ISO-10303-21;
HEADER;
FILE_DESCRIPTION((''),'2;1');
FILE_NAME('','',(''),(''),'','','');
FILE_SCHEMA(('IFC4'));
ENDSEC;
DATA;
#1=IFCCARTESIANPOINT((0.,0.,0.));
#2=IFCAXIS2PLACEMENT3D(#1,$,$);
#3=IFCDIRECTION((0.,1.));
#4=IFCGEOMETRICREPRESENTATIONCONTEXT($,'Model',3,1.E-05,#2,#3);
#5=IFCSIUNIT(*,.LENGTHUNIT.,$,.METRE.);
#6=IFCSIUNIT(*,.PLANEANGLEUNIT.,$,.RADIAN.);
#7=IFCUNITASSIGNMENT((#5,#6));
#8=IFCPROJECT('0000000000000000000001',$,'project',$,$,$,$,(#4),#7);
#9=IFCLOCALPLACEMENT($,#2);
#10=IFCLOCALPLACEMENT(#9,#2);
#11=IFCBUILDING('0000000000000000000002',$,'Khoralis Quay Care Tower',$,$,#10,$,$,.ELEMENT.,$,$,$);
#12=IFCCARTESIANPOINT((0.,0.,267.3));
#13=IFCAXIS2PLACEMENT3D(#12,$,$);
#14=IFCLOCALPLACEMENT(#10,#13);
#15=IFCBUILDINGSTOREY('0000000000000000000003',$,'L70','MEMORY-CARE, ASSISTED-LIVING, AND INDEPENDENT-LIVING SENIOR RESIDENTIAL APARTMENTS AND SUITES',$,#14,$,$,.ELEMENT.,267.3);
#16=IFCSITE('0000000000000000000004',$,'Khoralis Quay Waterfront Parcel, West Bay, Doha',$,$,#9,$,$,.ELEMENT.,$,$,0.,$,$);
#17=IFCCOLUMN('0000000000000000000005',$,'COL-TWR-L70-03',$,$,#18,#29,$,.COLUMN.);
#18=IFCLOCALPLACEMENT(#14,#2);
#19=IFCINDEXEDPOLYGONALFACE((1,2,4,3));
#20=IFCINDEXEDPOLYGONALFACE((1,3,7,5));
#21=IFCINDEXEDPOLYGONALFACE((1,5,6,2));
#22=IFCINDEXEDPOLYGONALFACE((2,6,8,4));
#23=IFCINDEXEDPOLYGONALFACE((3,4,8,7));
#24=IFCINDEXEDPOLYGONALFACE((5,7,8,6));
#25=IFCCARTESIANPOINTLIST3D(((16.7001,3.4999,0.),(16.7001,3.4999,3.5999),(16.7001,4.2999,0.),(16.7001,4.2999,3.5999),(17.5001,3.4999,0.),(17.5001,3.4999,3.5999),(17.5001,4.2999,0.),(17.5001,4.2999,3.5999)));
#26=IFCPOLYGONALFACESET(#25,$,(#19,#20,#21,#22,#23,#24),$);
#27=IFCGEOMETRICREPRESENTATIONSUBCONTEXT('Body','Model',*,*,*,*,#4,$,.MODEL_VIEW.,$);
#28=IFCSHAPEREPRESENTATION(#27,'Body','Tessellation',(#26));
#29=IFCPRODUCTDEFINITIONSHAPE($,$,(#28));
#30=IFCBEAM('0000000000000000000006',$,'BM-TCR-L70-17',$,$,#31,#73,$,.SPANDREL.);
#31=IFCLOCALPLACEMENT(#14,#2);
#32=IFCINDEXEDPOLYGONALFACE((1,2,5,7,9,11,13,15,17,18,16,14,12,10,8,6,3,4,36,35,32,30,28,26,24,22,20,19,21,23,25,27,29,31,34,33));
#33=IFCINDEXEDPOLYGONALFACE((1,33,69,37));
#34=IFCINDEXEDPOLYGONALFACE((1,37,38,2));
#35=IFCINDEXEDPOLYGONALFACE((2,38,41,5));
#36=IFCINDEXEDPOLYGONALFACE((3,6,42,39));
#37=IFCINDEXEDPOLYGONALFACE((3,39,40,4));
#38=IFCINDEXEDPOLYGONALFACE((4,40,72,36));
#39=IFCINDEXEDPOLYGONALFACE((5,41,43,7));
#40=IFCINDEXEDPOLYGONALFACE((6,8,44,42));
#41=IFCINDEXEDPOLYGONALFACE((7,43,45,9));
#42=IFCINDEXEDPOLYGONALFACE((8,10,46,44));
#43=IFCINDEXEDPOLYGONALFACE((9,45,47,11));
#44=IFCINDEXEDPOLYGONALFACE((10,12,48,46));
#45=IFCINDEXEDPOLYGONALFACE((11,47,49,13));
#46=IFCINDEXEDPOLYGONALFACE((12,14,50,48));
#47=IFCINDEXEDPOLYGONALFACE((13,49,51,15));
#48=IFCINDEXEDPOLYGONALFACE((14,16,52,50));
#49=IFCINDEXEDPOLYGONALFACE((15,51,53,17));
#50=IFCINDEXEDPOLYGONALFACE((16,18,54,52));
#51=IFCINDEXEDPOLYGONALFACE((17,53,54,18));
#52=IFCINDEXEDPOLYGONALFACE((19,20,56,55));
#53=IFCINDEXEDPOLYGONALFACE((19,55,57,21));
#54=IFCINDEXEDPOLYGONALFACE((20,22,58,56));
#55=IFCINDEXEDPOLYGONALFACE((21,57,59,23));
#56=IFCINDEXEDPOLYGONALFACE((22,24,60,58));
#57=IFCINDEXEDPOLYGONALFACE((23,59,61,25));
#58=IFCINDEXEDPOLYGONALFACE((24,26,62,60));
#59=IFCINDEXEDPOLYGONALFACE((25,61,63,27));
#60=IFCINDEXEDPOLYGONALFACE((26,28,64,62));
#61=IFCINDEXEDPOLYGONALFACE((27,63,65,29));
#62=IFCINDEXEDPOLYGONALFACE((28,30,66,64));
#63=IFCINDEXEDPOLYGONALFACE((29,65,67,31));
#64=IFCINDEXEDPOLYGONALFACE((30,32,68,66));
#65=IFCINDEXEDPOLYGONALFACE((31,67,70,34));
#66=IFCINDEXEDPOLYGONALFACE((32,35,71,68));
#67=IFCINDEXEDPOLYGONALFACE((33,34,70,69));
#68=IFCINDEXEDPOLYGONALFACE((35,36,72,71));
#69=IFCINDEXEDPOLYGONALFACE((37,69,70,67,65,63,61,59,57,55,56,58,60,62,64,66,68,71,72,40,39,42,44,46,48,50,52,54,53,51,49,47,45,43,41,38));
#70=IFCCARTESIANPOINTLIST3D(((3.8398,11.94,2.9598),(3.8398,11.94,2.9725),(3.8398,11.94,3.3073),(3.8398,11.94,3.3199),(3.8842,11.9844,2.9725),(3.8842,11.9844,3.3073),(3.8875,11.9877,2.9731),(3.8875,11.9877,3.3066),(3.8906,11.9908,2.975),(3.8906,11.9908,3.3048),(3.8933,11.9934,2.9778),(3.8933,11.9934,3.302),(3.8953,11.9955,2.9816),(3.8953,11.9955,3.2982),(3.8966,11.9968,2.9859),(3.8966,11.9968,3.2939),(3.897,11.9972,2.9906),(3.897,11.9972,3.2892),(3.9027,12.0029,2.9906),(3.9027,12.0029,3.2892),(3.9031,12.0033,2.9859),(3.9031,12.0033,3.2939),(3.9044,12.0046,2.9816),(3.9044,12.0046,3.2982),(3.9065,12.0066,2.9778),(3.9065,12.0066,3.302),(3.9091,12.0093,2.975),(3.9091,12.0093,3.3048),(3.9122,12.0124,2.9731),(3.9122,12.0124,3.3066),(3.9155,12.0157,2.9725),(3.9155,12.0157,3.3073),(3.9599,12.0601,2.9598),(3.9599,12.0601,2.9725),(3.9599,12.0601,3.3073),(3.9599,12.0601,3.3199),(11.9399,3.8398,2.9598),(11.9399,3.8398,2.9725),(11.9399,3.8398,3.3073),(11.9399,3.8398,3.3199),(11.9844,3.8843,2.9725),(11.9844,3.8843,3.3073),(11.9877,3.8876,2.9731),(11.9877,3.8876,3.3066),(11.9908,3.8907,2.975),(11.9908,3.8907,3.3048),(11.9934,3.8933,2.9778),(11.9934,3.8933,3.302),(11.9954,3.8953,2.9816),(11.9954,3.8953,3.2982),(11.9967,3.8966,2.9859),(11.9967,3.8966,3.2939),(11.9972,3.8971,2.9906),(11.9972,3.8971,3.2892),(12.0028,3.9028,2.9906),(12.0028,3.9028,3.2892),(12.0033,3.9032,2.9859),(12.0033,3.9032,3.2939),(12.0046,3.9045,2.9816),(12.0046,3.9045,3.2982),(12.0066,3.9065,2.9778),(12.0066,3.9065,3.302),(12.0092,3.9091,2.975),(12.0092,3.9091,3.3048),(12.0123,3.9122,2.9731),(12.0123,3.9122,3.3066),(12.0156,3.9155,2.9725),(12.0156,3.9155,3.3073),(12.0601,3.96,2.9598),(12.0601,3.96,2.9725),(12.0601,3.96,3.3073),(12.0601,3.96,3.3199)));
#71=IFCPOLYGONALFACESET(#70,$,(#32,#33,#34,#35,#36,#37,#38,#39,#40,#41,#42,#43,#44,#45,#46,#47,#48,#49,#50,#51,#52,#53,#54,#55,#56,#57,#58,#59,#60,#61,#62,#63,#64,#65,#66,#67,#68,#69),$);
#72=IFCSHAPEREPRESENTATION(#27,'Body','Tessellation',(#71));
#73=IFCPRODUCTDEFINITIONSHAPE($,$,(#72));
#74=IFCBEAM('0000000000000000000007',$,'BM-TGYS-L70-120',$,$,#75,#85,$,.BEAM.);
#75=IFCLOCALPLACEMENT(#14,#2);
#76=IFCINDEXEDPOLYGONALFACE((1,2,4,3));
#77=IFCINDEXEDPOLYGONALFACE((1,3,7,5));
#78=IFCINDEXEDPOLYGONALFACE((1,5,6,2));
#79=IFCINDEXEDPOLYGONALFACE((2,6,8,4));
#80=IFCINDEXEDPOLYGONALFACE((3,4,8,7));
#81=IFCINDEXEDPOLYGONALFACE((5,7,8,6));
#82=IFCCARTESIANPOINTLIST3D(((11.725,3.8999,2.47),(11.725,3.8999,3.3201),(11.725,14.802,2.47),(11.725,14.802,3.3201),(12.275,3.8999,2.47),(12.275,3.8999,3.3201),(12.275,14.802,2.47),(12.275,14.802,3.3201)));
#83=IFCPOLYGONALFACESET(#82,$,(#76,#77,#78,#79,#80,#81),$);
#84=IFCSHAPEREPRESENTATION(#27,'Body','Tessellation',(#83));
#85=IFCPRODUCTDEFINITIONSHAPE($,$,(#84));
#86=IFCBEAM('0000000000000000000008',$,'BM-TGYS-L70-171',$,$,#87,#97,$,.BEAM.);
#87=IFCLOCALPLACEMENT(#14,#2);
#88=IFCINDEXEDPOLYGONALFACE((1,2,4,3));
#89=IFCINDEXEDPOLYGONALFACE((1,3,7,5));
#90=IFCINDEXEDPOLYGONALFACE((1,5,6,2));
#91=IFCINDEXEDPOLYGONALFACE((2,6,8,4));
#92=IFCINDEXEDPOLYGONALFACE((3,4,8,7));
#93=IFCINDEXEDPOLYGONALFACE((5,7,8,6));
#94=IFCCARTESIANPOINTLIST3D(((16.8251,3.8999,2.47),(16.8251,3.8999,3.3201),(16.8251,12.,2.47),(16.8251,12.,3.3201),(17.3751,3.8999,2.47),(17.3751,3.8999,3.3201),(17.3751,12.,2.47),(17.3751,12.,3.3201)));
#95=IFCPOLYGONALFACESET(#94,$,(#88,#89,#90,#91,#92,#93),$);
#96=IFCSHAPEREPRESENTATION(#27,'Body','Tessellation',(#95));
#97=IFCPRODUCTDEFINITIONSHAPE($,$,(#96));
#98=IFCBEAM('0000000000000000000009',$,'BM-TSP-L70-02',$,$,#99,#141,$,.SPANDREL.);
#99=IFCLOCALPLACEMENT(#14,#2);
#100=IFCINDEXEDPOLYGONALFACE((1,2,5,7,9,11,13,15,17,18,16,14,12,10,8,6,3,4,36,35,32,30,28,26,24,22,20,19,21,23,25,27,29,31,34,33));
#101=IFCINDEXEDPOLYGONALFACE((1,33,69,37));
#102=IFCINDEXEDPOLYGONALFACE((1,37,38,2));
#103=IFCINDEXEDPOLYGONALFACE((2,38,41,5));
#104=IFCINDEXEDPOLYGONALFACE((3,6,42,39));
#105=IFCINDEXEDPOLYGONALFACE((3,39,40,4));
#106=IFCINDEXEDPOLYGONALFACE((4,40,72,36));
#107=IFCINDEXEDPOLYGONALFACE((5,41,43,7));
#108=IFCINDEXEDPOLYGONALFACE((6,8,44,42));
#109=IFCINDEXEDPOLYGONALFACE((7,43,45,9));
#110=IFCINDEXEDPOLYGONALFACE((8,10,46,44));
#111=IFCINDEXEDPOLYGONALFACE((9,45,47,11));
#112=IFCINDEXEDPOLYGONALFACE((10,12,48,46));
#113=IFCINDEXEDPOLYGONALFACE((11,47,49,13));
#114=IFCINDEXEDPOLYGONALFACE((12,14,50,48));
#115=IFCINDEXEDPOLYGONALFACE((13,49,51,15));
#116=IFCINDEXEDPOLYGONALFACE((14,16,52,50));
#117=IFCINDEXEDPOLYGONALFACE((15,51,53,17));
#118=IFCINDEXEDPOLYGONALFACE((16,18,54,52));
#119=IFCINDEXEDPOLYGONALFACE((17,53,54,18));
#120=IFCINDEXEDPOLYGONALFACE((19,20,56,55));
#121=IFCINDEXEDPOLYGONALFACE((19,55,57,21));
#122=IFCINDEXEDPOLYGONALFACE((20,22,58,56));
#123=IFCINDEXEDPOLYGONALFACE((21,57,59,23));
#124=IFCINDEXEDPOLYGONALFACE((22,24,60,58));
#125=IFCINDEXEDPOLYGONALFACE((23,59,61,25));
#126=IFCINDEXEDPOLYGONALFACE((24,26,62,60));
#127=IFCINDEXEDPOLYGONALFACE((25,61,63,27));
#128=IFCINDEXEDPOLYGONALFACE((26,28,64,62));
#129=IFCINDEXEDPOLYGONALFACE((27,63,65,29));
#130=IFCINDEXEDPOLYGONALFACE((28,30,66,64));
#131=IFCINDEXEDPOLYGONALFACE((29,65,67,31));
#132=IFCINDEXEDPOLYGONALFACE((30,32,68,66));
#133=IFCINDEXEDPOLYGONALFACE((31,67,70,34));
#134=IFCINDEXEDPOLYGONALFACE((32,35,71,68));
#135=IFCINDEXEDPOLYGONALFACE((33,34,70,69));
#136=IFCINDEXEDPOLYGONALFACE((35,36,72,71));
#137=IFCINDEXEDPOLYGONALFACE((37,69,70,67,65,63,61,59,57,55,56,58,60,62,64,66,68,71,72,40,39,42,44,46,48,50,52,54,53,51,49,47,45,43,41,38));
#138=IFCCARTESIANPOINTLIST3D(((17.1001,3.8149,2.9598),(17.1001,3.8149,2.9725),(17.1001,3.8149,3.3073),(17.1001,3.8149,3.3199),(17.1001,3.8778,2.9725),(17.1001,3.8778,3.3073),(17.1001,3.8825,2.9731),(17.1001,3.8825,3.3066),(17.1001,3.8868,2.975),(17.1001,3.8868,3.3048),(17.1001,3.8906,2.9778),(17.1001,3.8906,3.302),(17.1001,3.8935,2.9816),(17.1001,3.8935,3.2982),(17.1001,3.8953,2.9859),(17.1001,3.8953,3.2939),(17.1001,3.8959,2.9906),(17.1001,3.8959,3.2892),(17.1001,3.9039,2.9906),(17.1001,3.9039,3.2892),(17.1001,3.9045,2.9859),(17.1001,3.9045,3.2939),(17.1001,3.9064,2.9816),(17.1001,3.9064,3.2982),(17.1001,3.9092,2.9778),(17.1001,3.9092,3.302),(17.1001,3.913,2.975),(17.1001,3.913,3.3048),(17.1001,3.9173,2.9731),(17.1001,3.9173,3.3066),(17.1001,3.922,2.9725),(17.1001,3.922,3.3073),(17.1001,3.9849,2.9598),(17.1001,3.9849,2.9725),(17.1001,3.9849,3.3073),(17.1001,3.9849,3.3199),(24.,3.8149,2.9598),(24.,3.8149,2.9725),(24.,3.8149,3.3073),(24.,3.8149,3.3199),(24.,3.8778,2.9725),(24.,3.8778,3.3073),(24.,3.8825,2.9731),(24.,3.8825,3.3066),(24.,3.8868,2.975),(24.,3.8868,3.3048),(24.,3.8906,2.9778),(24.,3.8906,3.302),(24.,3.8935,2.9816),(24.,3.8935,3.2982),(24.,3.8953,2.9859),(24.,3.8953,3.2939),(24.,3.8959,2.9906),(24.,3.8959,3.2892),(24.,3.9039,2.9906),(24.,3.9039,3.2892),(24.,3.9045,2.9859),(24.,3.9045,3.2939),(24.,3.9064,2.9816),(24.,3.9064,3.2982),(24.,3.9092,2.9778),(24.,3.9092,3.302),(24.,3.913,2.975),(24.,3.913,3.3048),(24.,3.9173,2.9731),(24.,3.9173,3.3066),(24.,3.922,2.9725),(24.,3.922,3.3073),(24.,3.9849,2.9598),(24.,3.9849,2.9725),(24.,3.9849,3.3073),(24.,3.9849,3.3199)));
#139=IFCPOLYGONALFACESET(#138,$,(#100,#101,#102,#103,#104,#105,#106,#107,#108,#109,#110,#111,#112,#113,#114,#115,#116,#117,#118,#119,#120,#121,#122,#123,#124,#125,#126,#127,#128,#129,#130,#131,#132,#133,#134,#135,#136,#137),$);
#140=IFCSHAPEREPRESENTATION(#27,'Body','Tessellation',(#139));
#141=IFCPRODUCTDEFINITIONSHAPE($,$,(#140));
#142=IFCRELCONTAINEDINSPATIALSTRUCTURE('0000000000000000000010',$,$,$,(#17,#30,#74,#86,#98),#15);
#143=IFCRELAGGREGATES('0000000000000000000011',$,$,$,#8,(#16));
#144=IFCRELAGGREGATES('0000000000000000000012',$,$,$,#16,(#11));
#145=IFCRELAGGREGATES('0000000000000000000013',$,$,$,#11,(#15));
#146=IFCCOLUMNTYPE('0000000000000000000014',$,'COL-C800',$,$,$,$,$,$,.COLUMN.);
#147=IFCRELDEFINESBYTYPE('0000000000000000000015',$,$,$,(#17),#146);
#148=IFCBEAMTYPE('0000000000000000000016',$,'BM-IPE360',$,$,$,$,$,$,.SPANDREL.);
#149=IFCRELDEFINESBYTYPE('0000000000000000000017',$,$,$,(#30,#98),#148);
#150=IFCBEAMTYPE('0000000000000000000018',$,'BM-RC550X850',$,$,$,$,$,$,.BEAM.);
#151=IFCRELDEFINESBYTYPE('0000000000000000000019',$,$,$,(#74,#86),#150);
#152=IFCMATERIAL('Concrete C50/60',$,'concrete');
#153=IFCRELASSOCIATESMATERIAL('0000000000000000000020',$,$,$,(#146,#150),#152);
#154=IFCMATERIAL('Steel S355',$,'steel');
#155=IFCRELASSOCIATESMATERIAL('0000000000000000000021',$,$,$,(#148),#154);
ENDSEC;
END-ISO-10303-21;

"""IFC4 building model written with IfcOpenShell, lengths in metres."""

from ifc_helpers import new_model, si_unit, direction, frame, origin, origin_2d, place, context, subcontext, project, spatial, rectangle, i_section, extrude, source, transform, mapped, material, material_profile, profile_set, type_object, element, save


model = new_model("IFC4")

# Units and contexts
model_context = context("Model", 3, precision=1e-05, world=origin(), true_north=direction((0.0, 1.0)))
body_context = subcontext(model_context, "Body", "Model", "MODEL_VIEW")
ifc_project = project(units=[si_unit("LENGTHUNIT", "METRE"), si_unit("PLANEANGLEUNIT", "RADIAN")], contexts=[model_context])

# Site, building, storey
site_placement = place(None, origin())
site = spatial("IfcSite", under=ifc_project, at=site_placement, Name="Khoralis Quay Waterfront Parcel, West Bay, Doha", CompositionType="ELEMENT", RefElevation=0.0)
building_placement = place(site_placement, origin())
building = spatial("IfcBuilding", under=site, at=building_placement, Name="Khoralis Quay Care Tower", CompositionType="ELEMENT")
storey_placement = place(building_placement, frame((0.0, 0.0, 267.3)))
storey = spatial("IfcBuildingStorey", under=building, at=storey_placement, Name="L70", Description="MEMORY-CARE, ASSISTED-LIVING, AND INDEPENDENT-LIVING SENIOR RESIDENTIAL APARTMENTS AND SUITES", CompositionType="ELEMENT", Elevation=267.3)

# Column
ifc_material_1 = material(Name="Concrete C50/60", Category="concrete")
ifc_material_profile_1 = material_profile(ifc_material_1, rectangle(XDim=0.8, YDim=0.8, at=origin_2d()), Name="Concrete C50/60")
ifc_profile_set_1 = profile_set([ifc_material_profile_1], Name="Concrete C50/60")
column_type = type_object("IfcColumnType", Name="COL-C800", PredefinedType="COLUMN", material=ifc_profile_set_1)
shared_shape_1 = source(origin(), body_context, "Body", "SweptSolid", [
    extrude(rectangle(XDim=0.8, YDim=0.8, at=origin_2d()), origin(), (0.0, 0.0, 1.0), 3.5999),
])
column_placement = place(storey_placement, frame((17.1001, 3.8999, 0.0), z_axis=(0.0, 0.0, 1.0), x_axis=(1.0, 0.0, 0.0)))
element("IfcColumn", 1, at=column_placement, inside=storey, type_object=column_type, Name="COL-TWR-L70-03", PredefinedType="COLUMN", context=body_context, shape_type="MappedRepresentation", body=[
    mapped(shared_shape_1, transform((0.0, 0.0, 0.0), scale=1.0)),
])

# Beams
ifc_material_2 = material(Name="Steel S355", Category="steel")
ifc_material_profile_2 = material_profile(ifc_material_2, i_section(OverallWidth=0.1699, OverallDepth=0.3601, WebThickness=0.0081, FlangeThickness=0.0127, FilletRadius=0.0181, at=origin_2d()), Name="Steel S355")
ifc_profile_set_2 = profile_set([ifc_material_profile_2], Name="Steel S355")
beam_type_1 = type_object("IfcBeamType", Name="BM-IPE360", PredefinedType="SPANDREL", material=ifc_profile_set_2)
shared_shape_2 = source(origin(), body_context, "Body", "SweptSolid", [
    extrude(i_section(OverallWidth=0.1699, OverallDepth=0.3601, WebThickness=0.0081, FlangeThickness=0.0127, FilletRadius=0.0181, at=origin_2d()), origin(), (0.0, 0.0, 1.0), 11.4553),
])
beam_1_placement = place(storey_placement, frame((12.0, 3.8999, 3.1399), z_axis=(-0.707107, 0.707107, 0.0), x_axis=(-0.707107, -0.707107, 0.0)))
element("IfcBeam", 2, at=beam_1_placement, inside=storey, type_object=beam_type_1, Name="BM-TCR-L70-17", PredefinedType="SPANDREL", context=body_context, shape_type="MappedRepresentation", body=[
    mapped(shared_shape_2, transform((0.0, 0.0, 0.0), scale=1.0)),
])
ifc_material_profile_3 = material_profile(ifc_material_1, rectangle(XDim=0.55, YDim=0.8501, at=origin_2d()), Name="Concrete C50/60")
ifc_profile_set_3 = profile_set([ifc_material_profile_3], Name="Concrete C50/60")
beam_type_2 = type_object("IfcBeamType", Name="BM-RC550X850", PredefinedType="BEAM", material=ifc_profile_set_3)
shared_shape_3 = source(origin(), body_context, "Body", "SweptSolid", [
    extrude(rectangle(XDim=0.55, YDim=0.8501, at=origin_2d()), origin(), (0.0, 0.0, 1.0), 10.9021),
])
beam_2_placement = place(storey_placement, frame((12.0, 3.8999, 2.895), z_axis=(0.0, 1.0, 0.0), x_axis=(-1.0, 0.0, 0.0)))
element("IfcBeam", 3, at=beam_2_placement, inside=storey, type_object=beam_type_2, Name="BM-TGYS-L70-120", PredefinedType="BEAM", context=body_context, shape_type="MappedRepresentation", body=[
    mapped(shared_shape_3, transform((0.0, 0.0, 0.0), scale=1.0)),
])
shared_shape_4 = source(origin(), body_context, "Body", "SweptSolid", [
    extrude(rectangle(XDim=0.55, YDim=0.8501, at=origin_2d()), origin(), (0.0, 0.0, 1.0), 8.1001),
])
beam_3_placement = place(storey_placement, frame((17.1001, 3.8999, 2.895), z_axis=(0.0, 1.0, 0.0), x_axis=(-1.0, 0.0, 0.0)))
element("IfcBeam", 4, at=beam_3_placement, inside=storey, type_object=beam_type_2, Name="BM-TGYS-L70-171", PredefinedType="BEAM", context=body_context, shape_type="MappedRepresentation", body=[
    mapped(shared_shape_4, transform((0.0, 0.0, 0.0), scale=1.0)),
])
shared_shape_5 = source(origin(), body_context, "Body", "SweptSolid", [
    extrude(i_section(OverallWidth=0.1699, OverallDepth=0.3601, WebThickness=0.0081, FlangeThickness=0.0127, FilletRadius=0.0181, at=origin_2d()), origin(), (0.0, 0.0, 1.0), 6.8999),
])
beam_4_placement = place(storey_placement, frame((17.1001, 3.8999, 3.1399), z_axis=(1.0, 0.0, 0.0), x_axis=(0.0, 1.0, 0.0)))
element("IfcBeam", 5, at=beam_4_placement, inside=storey, type_object=beam_type_1, Name="BM-TSP-L70-02", PredefinedType="SPANDREL", context=body_context, shape_type="MappedRepresentation", body=[
    mapped(shared_shape_5, transform((0.0, 0.0, 0.0), scale=1.0)),
])

save(model, "model.ifc")
